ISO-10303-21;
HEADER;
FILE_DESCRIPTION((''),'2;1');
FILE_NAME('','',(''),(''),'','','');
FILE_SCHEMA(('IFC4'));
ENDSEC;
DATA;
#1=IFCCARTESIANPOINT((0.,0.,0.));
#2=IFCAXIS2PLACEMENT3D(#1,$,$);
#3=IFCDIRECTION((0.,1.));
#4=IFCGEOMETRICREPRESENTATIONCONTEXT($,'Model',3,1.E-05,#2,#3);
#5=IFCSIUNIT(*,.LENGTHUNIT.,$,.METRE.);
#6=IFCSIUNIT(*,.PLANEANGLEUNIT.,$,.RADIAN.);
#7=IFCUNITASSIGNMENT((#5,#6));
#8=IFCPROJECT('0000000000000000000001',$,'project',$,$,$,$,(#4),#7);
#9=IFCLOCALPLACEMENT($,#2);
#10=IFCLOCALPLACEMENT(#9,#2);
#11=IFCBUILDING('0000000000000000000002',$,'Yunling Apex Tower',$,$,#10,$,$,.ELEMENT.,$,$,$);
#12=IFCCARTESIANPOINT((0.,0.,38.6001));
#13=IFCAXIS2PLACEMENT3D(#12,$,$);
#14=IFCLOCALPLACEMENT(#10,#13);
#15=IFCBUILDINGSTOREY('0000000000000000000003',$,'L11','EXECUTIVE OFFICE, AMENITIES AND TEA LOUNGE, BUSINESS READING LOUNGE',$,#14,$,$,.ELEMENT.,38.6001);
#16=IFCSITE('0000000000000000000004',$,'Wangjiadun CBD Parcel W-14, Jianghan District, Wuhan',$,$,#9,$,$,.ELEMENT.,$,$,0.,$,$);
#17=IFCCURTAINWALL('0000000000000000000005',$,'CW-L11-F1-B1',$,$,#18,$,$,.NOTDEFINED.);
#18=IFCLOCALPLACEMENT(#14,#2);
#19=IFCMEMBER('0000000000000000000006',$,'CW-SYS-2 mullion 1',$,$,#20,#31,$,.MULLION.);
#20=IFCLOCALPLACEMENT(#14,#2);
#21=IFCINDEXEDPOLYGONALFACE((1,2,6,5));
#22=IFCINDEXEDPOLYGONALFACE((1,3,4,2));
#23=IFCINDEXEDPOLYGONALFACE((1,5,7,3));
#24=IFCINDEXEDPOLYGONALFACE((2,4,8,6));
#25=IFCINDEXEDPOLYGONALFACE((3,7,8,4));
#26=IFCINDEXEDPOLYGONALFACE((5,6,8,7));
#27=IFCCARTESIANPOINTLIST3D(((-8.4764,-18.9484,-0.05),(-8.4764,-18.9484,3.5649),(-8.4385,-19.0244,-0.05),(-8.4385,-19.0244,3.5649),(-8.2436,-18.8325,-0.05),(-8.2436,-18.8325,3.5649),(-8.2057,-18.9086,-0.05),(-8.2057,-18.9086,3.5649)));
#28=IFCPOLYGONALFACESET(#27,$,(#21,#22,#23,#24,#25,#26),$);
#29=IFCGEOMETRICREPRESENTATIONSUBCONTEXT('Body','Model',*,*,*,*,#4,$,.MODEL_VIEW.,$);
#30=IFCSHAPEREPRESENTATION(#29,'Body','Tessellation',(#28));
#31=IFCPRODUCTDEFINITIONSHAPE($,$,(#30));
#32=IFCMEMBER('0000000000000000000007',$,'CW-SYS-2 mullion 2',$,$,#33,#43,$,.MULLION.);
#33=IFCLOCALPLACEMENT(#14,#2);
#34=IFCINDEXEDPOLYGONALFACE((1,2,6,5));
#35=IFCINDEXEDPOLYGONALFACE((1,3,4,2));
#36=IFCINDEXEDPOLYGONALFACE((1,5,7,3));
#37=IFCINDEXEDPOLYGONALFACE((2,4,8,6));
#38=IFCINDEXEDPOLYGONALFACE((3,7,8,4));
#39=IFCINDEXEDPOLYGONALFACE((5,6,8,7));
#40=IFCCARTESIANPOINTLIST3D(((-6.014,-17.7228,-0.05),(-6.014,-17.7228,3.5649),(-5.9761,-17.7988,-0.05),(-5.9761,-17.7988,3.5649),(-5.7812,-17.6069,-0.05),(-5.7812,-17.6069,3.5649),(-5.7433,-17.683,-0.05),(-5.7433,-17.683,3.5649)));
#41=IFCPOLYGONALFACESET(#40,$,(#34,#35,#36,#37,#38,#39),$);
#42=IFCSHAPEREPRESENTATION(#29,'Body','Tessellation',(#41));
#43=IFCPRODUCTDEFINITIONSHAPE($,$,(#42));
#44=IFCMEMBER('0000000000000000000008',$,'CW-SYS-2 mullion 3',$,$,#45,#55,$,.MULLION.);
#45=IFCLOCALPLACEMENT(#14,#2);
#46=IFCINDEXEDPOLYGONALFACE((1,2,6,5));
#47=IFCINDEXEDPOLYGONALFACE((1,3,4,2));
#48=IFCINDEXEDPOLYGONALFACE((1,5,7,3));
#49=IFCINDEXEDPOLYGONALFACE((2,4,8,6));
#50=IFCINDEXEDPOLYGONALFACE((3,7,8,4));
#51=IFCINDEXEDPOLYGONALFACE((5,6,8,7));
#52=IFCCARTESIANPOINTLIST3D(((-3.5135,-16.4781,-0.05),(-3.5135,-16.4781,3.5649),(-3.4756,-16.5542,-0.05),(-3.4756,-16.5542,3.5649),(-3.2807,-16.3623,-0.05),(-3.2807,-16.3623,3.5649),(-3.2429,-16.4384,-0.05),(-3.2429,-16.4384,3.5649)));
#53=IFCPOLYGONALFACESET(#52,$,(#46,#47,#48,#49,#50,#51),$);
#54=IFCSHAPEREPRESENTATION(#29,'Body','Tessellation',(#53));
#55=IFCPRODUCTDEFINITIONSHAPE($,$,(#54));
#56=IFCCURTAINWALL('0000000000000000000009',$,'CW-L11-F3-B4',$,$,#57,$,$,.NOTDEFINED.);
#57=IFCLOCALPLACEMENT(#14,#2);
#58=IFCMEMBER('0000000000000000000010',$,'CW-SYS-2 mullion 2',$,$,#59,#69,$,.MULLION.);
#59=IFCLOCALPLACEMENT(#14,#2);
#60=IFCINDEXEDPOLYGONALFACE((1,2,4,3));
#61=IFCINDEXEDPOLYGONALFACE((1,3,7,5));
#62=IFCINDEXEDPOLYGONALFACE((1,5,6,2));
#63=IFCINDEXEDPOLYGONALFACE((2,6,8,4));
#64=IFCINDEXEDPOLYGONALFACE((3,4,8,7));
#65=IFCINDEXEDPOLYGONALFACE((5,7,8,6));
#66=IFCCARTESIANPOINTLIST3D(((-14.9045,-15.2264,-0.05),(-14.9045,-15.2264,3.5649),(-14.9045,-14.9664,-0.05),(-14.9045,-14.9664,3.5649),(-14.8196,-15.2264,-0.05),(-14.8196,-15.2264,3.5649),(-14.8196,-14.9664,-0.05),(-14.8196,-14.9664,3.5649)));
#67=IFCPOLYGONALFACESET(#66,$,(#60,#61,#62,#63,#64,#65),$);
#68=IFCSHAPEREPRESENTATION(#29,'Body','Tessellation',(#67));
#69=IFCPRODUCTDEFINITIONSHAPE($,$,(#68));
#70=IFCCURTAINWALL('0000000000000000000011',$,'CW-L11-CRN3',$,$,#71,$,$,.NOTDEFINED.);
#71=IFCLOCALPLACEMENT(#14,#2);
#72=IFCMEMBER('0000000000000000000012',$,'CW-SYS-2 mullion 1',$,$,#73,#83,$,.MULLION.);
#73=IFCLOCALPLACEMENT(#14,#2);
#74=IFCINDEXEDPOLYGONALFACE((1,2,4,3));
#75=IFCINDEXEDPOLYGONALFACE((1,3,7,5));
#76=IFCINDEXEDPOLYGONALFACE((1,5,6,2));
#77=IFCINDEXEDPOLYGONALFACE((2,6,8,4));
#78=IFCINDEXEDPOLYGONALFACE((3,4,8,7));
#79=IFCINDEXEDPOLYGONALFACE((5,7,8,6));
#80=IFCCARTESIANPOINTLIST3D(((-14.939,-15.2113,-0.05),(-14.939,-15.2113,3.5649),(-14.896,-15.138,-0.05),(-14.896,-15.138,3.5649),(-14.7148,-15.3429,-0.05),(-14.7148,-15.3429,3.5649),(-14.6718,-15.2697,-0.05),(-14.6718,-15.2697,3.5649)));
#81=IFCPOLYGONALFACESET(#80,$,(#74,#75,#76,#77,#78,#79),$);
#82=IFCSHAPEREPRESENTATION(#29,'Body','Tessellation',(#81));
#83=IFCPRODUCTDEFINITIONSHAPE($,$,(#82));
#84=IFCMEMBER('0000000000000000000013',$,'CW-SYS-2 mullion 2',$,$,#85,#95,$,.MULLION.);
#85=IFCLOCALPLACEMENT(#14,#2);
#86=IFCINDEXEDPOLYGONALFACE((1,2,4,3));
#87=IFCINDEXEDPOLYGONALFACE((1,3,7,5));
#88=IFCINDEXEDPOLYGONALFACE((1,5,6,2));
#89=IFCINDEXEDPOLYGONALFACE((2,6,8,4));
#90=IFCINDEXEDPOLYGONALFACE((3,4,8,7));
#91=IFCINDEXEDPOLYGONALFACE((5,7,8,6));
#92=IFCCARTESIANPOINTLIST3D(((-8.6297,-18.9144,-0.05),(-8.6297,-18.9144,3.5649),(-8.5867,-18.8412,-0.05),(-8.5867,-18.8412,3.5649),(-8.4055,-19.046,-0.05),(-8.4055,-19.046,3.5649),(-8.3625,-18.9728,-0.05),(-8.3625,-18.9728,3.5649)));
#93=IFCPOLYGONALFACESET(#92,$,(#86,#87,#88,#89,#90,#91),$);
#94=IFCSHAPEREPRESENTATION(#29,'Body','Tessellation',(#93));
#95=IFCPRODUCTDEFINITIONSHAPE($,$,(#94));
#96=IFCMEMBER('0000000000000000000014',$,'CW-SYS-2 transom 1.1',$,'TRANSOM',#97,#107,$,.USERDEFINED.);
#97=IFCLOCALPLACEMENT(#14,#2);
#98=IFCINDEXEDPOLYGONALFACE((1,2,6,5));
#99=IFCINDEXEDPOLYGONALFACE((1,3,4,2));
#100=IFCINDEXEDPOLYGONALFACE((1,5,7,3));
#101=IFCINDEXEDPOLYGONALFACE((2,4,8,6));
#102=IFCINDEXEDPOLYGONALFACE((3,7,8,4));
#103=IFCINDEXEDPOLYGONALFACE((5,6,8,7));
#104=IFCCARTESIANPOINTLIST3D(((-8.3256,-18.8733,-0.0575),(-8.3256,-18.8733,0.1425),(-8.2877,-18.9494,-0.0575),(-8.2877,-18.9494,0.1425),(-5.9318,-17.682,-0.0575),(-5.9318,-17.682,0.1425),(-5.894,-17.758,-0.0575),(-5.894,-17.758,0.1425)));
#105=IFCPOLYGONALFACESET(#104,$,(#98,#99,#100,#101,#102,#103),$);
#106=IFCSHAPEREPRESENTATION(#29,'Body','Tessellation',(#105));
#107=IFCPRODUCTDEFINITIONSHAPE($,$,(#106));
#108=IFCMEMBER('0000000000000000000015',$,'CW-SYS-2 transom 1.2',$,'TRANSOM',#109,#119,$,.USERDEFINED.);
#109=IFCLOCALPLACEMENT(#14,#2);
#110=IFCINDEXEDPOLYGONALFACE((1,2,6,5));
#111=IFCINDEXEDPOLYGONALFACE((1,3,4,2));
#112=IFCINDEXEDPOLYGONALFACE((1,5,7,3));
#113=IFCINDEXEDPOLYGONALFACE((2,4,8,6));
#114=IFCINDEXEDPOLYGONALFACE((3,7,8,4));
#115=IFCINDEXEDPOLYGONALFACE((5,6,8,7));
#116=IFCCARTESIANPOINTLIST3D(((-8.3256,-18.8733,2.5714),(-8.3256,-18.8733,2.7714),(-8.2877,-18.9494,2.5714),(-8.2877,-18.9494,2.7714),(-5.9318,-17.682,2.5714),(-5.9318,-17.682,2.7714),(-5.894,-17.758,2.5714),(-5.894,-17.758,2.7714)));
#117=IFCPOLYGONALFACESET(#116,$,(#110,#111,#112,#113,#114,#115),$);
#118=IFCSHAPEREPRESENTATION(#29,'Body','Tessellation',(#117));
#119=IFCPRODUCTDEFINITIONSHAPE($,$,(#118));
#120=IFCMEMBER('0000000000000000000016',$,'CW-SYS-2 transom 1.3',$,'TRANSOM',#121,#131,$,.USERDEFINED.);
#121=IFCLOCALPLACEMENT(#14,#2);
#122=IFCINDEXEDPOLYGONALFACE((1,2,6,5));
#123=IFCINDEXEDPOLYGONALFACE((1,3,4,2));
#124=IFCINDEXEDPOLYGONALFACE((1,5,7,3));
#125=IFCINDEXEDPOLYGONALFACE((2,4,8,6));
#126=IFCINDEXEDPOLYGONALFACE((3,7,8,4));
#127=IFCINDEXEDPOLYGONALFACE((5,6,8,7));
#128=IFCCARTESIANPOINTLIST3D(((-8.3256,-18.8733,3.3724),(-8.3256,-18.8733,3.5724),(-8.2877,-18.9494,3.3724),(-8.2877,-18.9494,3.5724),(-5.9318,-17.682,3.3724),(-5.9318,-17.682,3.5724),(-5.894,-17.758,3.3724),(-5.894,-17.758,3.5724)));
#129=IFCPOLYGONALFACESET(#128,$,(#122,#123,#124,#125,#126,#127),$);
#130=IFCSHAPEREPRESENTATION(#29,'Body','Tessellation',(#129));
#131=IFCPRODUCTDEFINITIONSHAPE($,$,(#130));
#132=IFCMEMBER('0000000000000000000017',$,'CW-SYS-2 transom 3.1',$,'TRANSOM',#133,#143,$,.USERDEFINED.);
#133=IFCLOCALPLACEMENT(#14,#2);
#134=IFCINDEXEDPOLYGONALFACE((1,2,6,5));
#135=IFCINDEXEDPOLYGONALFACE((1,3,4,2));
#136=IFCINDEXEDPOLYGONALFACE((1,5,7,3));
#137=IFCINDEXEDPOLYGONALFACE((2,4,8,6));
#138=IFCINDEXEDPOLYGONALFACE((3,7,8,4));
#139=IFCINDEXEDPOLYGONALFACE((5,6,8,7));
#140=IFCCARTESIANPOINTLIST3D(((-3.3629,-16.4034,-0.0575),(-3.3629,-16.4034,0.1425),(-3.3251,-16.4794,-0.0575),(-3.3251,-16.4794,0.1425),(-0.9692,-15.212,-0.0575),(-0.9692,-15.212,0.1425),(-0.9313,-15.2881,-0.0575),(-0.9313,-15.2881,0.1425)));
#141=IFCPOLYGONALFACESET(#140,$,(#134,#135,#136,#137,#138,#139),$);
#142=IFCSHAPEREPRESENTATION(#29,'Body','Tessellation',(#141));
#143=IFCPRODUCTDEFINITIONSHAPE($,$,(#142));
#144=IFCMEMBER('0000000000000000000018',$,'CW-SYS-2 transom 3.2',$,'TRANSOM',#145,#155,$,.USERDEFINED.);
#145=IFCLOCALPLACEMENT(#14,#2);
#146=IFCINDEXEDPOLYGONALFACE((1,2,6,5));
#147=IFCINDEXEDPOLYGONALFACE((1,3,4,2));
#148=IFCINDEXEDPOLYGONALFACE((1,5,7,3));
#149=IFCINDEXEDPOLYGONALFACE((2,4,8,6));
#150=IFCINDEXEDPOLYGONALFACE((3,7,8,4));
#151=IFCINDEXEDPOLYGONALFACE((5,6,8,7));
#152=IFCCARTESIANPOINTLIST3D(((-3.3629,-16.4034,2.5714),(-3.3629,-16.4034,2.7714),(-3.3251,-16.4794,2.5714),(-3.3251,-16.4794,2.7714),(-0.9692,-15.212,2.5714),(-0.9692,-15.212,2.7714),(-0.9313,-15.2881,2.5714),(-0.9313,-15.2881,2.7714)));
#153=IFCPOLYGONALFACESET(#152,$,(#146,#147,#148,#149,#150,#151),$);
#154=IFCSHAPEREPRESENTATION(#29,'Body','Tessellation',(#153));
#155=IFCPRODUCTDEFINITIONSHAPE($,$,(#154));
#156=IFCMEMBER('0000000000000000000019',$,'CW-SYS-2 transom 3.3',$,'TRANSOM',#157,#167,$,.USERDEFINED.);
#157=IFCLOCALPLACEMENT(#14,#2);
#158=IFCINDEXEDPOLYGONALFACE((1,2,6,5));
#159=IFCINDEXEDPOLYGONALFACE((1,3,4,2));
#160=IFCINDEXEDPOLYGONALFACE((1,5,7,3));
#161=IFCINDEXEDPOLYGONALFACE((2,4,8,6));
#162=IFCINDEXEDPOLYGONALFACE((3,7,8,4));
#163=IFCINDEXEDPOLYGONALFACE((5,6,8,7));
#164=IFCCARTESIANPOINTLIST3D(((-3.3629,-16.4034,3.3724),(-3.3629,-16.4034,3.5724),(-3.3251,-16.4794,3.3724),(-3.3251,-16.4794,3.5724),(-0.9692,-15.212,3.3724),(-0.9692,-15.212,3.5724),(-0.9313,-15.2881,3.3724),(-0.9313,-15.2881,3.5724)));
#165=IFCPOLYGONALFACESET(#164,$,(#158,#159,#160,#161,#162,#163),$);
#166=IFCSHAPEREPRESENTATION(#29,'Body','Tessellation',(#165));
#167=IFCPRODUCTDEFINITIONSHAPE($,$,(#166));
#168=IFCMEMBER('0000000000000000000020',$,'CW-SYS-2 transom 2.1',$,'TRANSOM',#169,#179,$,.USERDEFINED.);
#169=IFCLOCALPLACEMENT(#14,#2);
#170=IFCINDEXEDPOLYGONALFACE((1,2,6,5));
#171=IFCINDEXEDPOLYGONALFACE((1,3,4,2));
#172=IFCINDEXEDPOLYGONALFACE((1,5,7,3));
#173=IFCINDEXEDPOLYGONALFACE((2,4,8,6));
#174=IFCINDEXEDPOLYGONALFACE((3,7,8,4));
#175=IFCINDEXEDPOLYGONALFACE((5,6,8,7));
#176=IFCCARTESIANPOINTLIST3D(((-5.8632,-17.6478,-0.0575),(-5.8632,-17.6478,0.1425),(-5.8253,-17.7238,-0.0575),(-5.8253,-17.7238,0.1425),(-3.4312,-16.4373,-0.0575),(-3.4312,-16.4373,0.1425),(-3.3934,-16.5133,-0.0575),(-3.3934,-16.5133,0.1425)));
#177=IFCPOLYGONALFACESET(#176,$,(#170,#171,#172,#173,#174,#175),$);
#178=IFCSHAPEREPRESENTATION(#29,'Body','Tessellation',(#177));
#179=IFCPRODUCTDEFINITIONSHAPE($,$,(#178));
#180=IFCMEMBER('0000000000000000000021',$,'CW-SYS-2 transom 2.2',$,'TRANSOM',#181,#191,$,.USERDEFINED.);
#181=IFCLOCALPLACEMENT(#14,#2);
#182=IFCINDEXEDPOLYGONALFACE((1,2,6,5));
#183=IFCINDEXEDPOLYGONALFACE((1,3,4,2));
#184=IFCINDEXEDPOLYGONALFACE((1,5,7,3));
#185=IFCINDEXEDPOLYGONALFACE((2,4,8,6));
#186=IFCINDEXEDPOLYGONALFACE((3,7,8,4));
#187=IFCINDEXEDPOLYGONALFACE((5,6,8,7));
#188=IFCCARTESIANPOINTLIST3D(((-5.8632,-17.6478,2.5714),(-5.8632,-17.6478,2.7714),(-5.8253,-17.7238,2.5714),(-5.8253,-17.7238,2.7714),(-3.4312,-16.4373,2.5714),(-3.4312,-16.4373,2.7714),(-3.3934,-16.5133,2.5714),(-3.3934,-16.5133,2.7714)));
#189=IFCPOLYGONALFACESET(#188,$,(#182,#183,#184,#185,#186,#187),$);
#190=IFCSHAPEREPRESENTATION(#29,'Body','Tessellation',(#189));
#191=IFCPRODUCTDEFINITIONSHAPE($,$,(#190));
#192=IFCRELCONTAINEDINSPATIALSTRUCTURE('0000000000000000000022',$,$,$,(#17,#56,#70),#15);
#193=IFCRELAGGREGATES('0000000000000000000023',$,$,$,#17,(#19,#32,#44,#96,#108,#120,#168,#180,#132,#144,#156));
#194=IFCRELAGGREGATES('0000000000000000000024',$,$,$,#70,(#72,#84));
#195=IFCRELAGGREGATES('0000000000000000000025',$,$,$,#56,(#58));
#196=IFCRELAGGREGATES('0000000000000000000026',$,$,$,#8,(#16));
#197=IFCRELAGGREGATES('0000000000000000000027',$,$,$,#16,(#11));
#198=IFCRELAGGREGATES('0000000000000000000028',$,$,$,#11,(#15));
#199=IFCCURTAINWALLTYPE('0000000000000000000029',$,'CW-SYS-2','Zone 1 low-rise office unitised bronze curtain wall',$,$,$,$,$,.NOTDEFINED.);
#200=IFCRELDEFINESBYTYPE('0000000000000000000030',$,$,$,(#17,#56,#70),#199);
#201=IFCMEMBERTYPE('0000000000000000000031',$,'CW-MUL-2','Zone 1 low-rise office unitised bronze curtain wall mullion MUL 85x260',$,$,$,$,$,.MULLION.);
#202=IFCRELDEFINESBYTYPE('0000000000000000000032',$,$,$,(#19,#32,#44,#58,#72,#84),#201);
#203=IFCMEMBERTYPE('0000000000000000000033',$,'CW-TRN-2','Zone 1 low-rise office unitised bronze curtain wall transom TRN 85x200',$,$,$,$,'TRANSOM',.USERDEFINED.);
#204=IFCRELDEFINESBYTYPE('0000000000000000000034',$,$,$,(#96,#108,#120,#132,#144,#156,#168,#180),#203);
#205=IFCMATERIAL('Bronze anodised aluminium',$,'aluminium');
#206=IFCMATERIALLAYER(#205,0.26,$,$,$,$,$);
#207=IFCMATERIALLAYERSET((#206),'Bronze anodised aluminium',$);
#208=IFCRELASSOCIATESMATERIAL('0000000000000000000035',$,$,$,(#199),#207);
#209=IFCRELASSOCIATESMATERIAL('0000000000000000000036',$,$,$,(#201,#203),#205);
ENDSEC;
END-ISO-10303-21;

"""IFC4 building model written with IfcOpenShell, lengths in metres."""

from ifc_helpers import new_model, si_unit, direction, frame, origin, origin_2d, place, context, subcontext, project, spatial, rectangle, extrude, source, transform, mapped, material, layer, layer_set, material_profile, profile_set, type_object, element, aggregate, save


model = new_model("IFC4")

# Units and contexts
model_context = context("Model", 3, precision=1e-05, world=origin(), true_north=direction((0.0, 1.0)))
body_context = subcontext(model_context, "Body", "Model", "MODEL_VIEW")
ifc_project = project(units=[si_unit("LENGTHUNIT", "METRE"), si_unit("PLANEANGLEUNIT", "RADIAN")], contexts=[model_context])

# Site, building, storey
site_placement = place(None, origin())
site = spatial("IfcSite", under=ifc_project, at=site_placement, Name="Wangjiadun CBD Parcel W-14, Jianghan District, Wuhan", CompositionType="ELEMENT", RefElevation=0.0)
building_placement = place(site_placement, origin())
building = spatial("IfcBuilding", under=site, at=building_placement, Name="Yunling Apex Tower", CompositionType="ELEMENT")
storey_placement = place(building_placement, frame((0.0, 0.0, 38.6001)))
storey = spatial("IfcBuildingStorey", under=building, at=storey_placement, Name="L11", Description="EXECUTIVE OFFICE, AMENITIES AND TEA LOUNGE, BUSINESS READING LOUNGE", CompositionType="ELEMENT", Elevation=38.6001)

# Curtain wall, members
ifc_material_1 = material(Name="Bronze anodised aluminium", Category="aluminium")
ifc_layer_1 = layer(ifc_material_1, 0.26)
ifc_layer_set_1 = layer_set([ifc_layer_1], Name="Bronze anodised aluminium")
curtain_wall_type = type_object("IfcCurtainWallType", Name="CW-SYS-2", Description="Zone 1 low-rise office unitised bronze curtain wall", PredefinedType="NOTDEFINED", material=ifc_layer_set_1)
curtain_wall_1_placement = place(storey_placement, origin())
curtain_wall_1 = element("IfcCurtainWall", 1, at=curtain_wall_1_placement, inside=storey, type_object=curtain_wall_type, Name="CW-L11-F1-B1", PredefinedType="NOTDEFINED")
ifc_material_profile_1 = material_profile(ifc_material_1, rectangle(XDim=0.085, YDim=0.26, at=origin_2d()))
ifc_profile_set_1 = profile_set([ifc_material_profile_1], Name="Bronze anodised aluminium")
member_type_1 = type_object("IfcMemberType", Name="CW-MUL-2", Description="Zone 1 low-rise office unitised bronze curtain wall mullion MUL 85x260", PredefinedType="MULLION", material=ifc_profile_set_1)
shared_shape_1 = source(origin(), body_context, "Body", "SweptSolid", [
    extrude(rectangle(XDim=0.085, YDim=0.26, at=origin_2d()), origin(), (0.0, 0.0, 1.0), 3.615),
])
member_1_placement = place(storey_placement, frame((-8.3411, -18.9285, -0.05), z_axis=(0.0, 0.0, 1.0), x_axis=(-0.445571, 0.895247, 0.0)))
member_1 = element("IfcMember", 2, at=member_1_placement, type_object=member_type_1, Name="CW-SYS-2 mullion 1", PredefinedType="MULLION", context=body_context, shape_type="MappedRepresentation", body=[
    mapped(shared_shape_1, transform((0.0, 0.0, 0.0), scale=1.0)),
])
member_2_placement = place(storey_placement, frame((-5.8787, -17.7029, -0.05), z_axis=(0.0, 0.0, 1.0), x_axis=(-0.445571, 0.895247, 0.0)))
member_2 = element("IfcMember", 3, at=member_2_placement, type_object=member_type_1, Name="CW-SYS-2 mullion 2", PredefinedType="MULLION", context=body_context, shape_type="MappedRepresentation", body=[
    mapped(shared_shape_1, transform((0.0, 0.0, 0.0), scale=1.0)),
])
member_3_placement = place(storey_placement, frame((-3.3782, -16.4583, -0.05), z_axis=(0.0, 0.0, 1.0), x_axis=(-0.445571, 0.895247, 0.0)))
member_3 = element("IfcMember", 4, at=member_3_placement, type_object=member_type_1, Name="CW-SYS-2 mullion 3", PredefinedType="MULLION", context=body_context, shape_type="MappedRepresentation", body=[
    mapped(shared_shape_1, transform((0.0, 0.0, 0.0), scale=1.0)),
])

# Curtain wall, member
curtain_wall_2_placement = place(storey_placement, origin())
curtain_wall_2 = element("IfcCurtainWall", 5, at=curtain_wall_2_placement, inside=storey, type_object=curtain_wall_type, Name="CW-L11-F3-B4", PredefinedType="NOTDEFINED")
member_4_placement = place(storey_placement, frame((-14.8621, -15.0964, -0.05), z_axis=(0.0, 0.0, 1.0), x_axis=(1.0, 0.0, 0.0)))
member_4 = element("IfcMember", 6, at=member_4_placement, type_object=member_type_1, Name="CW-SYS-2 mullion 2", PredefinedType="MULLION", context=body_context, shape_type="MappedRepresentation", body=[
    mapped(shared_shape_1, transform((0.0, 0.0, 0.0), scale=1.0)),
])

# Curtain wall, members
curtain_wall_3_placement = place(storey_placement, origin())
curtain_wall_3 = element("IfcCurtainWall", 7, at=curtain_wall_3_placement, inside=storey, type_object=curtain_wall_type, Name="CW-L11-CRN3", PredefinedType="NOTDEFINED")
member_5_placement = place(storey_placement, frame((-14.8054, -15.2405, -0.05), z_axis=(0.0, 0.0, 1.0), x_axis=(0.506196, 0.862419, 0.0)))
member_5 = element("IfcMember", 8, at=member_5_placement, type_object=member_type_1, Name="CW-SYS-2 mullion 1", PredefinedType="MULLION", context=body_context, shape_type="MappedRepresentation", body=[
    mapped(shared_shape_1, transform((0.0, 0.0, 0.0), scale=1.0)),
])
member_6_placement = place(storey_placement, frame((-8.4961, -18.9436, -0.05), z_axis=(0.0, 0.0, 1.0), x_axis=(0.506196, 0.862419, 0.0)))
member_6 = element("IfcMember", 9, at=member_6_placement, type_object=member_type_1, Name="CW-SYS-2 mullion 2", PredefinedType="MULLION", context=body_context, shape_type="MappedRepresentation", body=[
    mapped(shared_shape_1, transform((0.0, 0.0, 0.0), scale=1.0)),
])

# Members
ifc_material_profile_2 = material_profile(ifc_material_1, rectangle(XDim=0.085, YDim=0.2, at=origin_2d()))
ifc_profile_set_2 = profile_set([ifc_material_profile_2], Name="Bronze anodised aluminium")
member_type_2 = type_object("IfcMemberType", Name="CW-TRN-2", Description="Zone 1 low-rise office unitised bronze curtain wall transom TRN 85x200", ElementType="TRANSOM", PredefinedType="USERDEFINED", material=ifc_profile_set_2)
shared_shape_2 = source(origin(), body_context, "Body", "SweptSolid", [
    extrude(rectangle(XDim=0.085, YDim=0.2, at=origin_2d()), origin(), (0.0, 0.0, 1.0), 2.6738),
])
member_7_placement = place(storey_placement, frame((-8.3066, -18.9114, 0.0425), z_axis=(0.895247, 0.445569, 0.0), x_axis=(-0.445569, 0.895247, 0.0)))
member_7 = element("IfcMember", 10, at=member_7_placement, type_object=member_type_2, Name="CW-SYS-2 transom 1.1", ObjectType="TRANSOM", PredefinedType="USERDEFINED", context=body_context, shape_type="MappedRepresentation", body=[
    mapped(shared_shape_2, transform((0.0, 0.0, 0.0), scale=1.0)),
])
member_8_placement = place(storey_placement, frame((-8.3066, -18.9114, 2.6714), z_axis=(0.895247, 0.445569, 0.0), x_axis=(-0.445569, 0.895247, 0.0)))
member_8 = element("IfcMember", 11, at=member_8_placement, type_object=member_type_2, Name="CW-SYS-2 transom 1.2", ObjectType="TRANSOM", PredefinedType="USERDEFINED", context=body_context, shape_type="MappedRepresentation", body=[
    mapped(shared_shape_2, transform((0.0, 0.0, 0.0), scale=1.0)),
])
member_9_placement = place(storey_placement, frame((-8.3066, -18.9114, 3.4724), z_axis=(0.895247, 0.445569, 0.0), x_axis=(-0.445569, 0.895247, 0.0)))
member_9 = element("IfcMember", 12, at=member_9_placement, type_object=member_type_2, Name="CW-SYS-2 transom 1.3", ObjectType="TRANSOM", PredefinedType="USERDEFINED", context=body_context, shape_type="MappedRepresentation", body=[
    mapped(shared_shape_2, transform((0.0, 0.0, 0.0), scale=1.0)),
])
member_10_placement = place(storey_placement, frame((-3.344, -16.4414, 0.0425), z_axis=(0.895247, 0.445569, 0.0), x_axis=(-0.445569, 0.895247, 0.0)))
member_10 = element("IfcMember", 13, at=member_10_placement, type_object=member_type_2, Name="CW-SYS-2 transom 3.1", ObjectType="TRANSOM", PredefinedType="USERDEFINED", context=body_context, shape_type="MappedRepresentation", body=[
    mapped(shared_shape_2, transform((0.0, 0.0, 0.0), scale=1.0)),
])
member_11_placement = place(storey_placement, frame((-3.344, -16.4414, 2.6714), z_axis=(0.895247, 0.445569, 0.0), x_axis=(-0.445569, 0.895247, 0.0)))
member_11 = element("IfcMember", 14, at=member_11_placement, type_object=member_type_2, Name="CW-SYS-2 transom 3.2", ObjectType="TRANSOM", PredefinedType="USERDEFINED", context=body_context, shape_type="MappedRepresentation", body=[
    mapped(shared_shape_2, transform((0.0, 0.0, 0.0), scale=1.0)),
])
member_12_placement = place(storey_placement, frame((-3.344, -16.4414, 3.4724), z_axis=(0.895247, 0.445569, 0.0), x_axis=(-0.445569, 0.895247, 0.0)))
member_12 = element("IfcMember", 15, at=member_12_placement, type_object=member_type_2, Name="CW-SYS-2 transom 3.3", ObjectType="TRANSOM", PredefinedType="USERDEFINED", context=body_context, shape_type="MappedRepresentation", body=[
    mapped(shared_shape_2, transform((0.0, 0.0, 0.0), scale=1.0)),
])
shared_shape_3 = source(origin(), body_context, "Body", "SweptSolid", [
    extrude(rectangle(XDim=0.085, YDim=0.2, at=origin_2d()), origin(), (0.0, 0.0, 1.0), 2.7166),
])
member_13_placement = place(storey_placement, frame((-5.8442, -17.6858, 0.0425), z_axis=(0.895235, 0.445595, 0.0), x_axis=(-0.445595, 0.895235, 0.0)))
member_13 = element("IfcMember", 16, at=member_13_placement, type_object=member_type_2, Name="CW-SYS-2 transom 2.1", ObjectType="TRANSOM", PredefinedType="USERDEFINED", context=body_context, shape_type="MappedRepresentation", body=[
    mapped(shared_shape_3, transform((0.0, 0.0, 0.0), scale=1.0)),
])
member_14_placement = place(storey_placement, frame((-5.8442, -17.6858, 2.6714), z_axis=(0.895235, 0.445595, 0.0), x_axis=(-0.445595, 0.895235, 0.0)))
member_14 = element("IfcMember", 17, at=member_14_placement, type_object=member_type_2, Name="CW-SYS-2 transom 2.2", ObjectType="TRANSOM", PredefinedType="USERDEFINED", context=body_context, shape_type="MappedRepresentation", body=[
    mapped(shared_shape_3, transform((0.0, 0.0, 0.0), scale=1.0)),
])

aggregate(curtain_wall_1, [member_1, member_2, member_3, member_7, member_8, member_9, member_13, member_14, member_10, member_11, member_12])
aggregate(curtain_wall_3, [member_5, member_6])
aggregate(curtain_wall_2, [member_4])

save(model, "model.ifc")
